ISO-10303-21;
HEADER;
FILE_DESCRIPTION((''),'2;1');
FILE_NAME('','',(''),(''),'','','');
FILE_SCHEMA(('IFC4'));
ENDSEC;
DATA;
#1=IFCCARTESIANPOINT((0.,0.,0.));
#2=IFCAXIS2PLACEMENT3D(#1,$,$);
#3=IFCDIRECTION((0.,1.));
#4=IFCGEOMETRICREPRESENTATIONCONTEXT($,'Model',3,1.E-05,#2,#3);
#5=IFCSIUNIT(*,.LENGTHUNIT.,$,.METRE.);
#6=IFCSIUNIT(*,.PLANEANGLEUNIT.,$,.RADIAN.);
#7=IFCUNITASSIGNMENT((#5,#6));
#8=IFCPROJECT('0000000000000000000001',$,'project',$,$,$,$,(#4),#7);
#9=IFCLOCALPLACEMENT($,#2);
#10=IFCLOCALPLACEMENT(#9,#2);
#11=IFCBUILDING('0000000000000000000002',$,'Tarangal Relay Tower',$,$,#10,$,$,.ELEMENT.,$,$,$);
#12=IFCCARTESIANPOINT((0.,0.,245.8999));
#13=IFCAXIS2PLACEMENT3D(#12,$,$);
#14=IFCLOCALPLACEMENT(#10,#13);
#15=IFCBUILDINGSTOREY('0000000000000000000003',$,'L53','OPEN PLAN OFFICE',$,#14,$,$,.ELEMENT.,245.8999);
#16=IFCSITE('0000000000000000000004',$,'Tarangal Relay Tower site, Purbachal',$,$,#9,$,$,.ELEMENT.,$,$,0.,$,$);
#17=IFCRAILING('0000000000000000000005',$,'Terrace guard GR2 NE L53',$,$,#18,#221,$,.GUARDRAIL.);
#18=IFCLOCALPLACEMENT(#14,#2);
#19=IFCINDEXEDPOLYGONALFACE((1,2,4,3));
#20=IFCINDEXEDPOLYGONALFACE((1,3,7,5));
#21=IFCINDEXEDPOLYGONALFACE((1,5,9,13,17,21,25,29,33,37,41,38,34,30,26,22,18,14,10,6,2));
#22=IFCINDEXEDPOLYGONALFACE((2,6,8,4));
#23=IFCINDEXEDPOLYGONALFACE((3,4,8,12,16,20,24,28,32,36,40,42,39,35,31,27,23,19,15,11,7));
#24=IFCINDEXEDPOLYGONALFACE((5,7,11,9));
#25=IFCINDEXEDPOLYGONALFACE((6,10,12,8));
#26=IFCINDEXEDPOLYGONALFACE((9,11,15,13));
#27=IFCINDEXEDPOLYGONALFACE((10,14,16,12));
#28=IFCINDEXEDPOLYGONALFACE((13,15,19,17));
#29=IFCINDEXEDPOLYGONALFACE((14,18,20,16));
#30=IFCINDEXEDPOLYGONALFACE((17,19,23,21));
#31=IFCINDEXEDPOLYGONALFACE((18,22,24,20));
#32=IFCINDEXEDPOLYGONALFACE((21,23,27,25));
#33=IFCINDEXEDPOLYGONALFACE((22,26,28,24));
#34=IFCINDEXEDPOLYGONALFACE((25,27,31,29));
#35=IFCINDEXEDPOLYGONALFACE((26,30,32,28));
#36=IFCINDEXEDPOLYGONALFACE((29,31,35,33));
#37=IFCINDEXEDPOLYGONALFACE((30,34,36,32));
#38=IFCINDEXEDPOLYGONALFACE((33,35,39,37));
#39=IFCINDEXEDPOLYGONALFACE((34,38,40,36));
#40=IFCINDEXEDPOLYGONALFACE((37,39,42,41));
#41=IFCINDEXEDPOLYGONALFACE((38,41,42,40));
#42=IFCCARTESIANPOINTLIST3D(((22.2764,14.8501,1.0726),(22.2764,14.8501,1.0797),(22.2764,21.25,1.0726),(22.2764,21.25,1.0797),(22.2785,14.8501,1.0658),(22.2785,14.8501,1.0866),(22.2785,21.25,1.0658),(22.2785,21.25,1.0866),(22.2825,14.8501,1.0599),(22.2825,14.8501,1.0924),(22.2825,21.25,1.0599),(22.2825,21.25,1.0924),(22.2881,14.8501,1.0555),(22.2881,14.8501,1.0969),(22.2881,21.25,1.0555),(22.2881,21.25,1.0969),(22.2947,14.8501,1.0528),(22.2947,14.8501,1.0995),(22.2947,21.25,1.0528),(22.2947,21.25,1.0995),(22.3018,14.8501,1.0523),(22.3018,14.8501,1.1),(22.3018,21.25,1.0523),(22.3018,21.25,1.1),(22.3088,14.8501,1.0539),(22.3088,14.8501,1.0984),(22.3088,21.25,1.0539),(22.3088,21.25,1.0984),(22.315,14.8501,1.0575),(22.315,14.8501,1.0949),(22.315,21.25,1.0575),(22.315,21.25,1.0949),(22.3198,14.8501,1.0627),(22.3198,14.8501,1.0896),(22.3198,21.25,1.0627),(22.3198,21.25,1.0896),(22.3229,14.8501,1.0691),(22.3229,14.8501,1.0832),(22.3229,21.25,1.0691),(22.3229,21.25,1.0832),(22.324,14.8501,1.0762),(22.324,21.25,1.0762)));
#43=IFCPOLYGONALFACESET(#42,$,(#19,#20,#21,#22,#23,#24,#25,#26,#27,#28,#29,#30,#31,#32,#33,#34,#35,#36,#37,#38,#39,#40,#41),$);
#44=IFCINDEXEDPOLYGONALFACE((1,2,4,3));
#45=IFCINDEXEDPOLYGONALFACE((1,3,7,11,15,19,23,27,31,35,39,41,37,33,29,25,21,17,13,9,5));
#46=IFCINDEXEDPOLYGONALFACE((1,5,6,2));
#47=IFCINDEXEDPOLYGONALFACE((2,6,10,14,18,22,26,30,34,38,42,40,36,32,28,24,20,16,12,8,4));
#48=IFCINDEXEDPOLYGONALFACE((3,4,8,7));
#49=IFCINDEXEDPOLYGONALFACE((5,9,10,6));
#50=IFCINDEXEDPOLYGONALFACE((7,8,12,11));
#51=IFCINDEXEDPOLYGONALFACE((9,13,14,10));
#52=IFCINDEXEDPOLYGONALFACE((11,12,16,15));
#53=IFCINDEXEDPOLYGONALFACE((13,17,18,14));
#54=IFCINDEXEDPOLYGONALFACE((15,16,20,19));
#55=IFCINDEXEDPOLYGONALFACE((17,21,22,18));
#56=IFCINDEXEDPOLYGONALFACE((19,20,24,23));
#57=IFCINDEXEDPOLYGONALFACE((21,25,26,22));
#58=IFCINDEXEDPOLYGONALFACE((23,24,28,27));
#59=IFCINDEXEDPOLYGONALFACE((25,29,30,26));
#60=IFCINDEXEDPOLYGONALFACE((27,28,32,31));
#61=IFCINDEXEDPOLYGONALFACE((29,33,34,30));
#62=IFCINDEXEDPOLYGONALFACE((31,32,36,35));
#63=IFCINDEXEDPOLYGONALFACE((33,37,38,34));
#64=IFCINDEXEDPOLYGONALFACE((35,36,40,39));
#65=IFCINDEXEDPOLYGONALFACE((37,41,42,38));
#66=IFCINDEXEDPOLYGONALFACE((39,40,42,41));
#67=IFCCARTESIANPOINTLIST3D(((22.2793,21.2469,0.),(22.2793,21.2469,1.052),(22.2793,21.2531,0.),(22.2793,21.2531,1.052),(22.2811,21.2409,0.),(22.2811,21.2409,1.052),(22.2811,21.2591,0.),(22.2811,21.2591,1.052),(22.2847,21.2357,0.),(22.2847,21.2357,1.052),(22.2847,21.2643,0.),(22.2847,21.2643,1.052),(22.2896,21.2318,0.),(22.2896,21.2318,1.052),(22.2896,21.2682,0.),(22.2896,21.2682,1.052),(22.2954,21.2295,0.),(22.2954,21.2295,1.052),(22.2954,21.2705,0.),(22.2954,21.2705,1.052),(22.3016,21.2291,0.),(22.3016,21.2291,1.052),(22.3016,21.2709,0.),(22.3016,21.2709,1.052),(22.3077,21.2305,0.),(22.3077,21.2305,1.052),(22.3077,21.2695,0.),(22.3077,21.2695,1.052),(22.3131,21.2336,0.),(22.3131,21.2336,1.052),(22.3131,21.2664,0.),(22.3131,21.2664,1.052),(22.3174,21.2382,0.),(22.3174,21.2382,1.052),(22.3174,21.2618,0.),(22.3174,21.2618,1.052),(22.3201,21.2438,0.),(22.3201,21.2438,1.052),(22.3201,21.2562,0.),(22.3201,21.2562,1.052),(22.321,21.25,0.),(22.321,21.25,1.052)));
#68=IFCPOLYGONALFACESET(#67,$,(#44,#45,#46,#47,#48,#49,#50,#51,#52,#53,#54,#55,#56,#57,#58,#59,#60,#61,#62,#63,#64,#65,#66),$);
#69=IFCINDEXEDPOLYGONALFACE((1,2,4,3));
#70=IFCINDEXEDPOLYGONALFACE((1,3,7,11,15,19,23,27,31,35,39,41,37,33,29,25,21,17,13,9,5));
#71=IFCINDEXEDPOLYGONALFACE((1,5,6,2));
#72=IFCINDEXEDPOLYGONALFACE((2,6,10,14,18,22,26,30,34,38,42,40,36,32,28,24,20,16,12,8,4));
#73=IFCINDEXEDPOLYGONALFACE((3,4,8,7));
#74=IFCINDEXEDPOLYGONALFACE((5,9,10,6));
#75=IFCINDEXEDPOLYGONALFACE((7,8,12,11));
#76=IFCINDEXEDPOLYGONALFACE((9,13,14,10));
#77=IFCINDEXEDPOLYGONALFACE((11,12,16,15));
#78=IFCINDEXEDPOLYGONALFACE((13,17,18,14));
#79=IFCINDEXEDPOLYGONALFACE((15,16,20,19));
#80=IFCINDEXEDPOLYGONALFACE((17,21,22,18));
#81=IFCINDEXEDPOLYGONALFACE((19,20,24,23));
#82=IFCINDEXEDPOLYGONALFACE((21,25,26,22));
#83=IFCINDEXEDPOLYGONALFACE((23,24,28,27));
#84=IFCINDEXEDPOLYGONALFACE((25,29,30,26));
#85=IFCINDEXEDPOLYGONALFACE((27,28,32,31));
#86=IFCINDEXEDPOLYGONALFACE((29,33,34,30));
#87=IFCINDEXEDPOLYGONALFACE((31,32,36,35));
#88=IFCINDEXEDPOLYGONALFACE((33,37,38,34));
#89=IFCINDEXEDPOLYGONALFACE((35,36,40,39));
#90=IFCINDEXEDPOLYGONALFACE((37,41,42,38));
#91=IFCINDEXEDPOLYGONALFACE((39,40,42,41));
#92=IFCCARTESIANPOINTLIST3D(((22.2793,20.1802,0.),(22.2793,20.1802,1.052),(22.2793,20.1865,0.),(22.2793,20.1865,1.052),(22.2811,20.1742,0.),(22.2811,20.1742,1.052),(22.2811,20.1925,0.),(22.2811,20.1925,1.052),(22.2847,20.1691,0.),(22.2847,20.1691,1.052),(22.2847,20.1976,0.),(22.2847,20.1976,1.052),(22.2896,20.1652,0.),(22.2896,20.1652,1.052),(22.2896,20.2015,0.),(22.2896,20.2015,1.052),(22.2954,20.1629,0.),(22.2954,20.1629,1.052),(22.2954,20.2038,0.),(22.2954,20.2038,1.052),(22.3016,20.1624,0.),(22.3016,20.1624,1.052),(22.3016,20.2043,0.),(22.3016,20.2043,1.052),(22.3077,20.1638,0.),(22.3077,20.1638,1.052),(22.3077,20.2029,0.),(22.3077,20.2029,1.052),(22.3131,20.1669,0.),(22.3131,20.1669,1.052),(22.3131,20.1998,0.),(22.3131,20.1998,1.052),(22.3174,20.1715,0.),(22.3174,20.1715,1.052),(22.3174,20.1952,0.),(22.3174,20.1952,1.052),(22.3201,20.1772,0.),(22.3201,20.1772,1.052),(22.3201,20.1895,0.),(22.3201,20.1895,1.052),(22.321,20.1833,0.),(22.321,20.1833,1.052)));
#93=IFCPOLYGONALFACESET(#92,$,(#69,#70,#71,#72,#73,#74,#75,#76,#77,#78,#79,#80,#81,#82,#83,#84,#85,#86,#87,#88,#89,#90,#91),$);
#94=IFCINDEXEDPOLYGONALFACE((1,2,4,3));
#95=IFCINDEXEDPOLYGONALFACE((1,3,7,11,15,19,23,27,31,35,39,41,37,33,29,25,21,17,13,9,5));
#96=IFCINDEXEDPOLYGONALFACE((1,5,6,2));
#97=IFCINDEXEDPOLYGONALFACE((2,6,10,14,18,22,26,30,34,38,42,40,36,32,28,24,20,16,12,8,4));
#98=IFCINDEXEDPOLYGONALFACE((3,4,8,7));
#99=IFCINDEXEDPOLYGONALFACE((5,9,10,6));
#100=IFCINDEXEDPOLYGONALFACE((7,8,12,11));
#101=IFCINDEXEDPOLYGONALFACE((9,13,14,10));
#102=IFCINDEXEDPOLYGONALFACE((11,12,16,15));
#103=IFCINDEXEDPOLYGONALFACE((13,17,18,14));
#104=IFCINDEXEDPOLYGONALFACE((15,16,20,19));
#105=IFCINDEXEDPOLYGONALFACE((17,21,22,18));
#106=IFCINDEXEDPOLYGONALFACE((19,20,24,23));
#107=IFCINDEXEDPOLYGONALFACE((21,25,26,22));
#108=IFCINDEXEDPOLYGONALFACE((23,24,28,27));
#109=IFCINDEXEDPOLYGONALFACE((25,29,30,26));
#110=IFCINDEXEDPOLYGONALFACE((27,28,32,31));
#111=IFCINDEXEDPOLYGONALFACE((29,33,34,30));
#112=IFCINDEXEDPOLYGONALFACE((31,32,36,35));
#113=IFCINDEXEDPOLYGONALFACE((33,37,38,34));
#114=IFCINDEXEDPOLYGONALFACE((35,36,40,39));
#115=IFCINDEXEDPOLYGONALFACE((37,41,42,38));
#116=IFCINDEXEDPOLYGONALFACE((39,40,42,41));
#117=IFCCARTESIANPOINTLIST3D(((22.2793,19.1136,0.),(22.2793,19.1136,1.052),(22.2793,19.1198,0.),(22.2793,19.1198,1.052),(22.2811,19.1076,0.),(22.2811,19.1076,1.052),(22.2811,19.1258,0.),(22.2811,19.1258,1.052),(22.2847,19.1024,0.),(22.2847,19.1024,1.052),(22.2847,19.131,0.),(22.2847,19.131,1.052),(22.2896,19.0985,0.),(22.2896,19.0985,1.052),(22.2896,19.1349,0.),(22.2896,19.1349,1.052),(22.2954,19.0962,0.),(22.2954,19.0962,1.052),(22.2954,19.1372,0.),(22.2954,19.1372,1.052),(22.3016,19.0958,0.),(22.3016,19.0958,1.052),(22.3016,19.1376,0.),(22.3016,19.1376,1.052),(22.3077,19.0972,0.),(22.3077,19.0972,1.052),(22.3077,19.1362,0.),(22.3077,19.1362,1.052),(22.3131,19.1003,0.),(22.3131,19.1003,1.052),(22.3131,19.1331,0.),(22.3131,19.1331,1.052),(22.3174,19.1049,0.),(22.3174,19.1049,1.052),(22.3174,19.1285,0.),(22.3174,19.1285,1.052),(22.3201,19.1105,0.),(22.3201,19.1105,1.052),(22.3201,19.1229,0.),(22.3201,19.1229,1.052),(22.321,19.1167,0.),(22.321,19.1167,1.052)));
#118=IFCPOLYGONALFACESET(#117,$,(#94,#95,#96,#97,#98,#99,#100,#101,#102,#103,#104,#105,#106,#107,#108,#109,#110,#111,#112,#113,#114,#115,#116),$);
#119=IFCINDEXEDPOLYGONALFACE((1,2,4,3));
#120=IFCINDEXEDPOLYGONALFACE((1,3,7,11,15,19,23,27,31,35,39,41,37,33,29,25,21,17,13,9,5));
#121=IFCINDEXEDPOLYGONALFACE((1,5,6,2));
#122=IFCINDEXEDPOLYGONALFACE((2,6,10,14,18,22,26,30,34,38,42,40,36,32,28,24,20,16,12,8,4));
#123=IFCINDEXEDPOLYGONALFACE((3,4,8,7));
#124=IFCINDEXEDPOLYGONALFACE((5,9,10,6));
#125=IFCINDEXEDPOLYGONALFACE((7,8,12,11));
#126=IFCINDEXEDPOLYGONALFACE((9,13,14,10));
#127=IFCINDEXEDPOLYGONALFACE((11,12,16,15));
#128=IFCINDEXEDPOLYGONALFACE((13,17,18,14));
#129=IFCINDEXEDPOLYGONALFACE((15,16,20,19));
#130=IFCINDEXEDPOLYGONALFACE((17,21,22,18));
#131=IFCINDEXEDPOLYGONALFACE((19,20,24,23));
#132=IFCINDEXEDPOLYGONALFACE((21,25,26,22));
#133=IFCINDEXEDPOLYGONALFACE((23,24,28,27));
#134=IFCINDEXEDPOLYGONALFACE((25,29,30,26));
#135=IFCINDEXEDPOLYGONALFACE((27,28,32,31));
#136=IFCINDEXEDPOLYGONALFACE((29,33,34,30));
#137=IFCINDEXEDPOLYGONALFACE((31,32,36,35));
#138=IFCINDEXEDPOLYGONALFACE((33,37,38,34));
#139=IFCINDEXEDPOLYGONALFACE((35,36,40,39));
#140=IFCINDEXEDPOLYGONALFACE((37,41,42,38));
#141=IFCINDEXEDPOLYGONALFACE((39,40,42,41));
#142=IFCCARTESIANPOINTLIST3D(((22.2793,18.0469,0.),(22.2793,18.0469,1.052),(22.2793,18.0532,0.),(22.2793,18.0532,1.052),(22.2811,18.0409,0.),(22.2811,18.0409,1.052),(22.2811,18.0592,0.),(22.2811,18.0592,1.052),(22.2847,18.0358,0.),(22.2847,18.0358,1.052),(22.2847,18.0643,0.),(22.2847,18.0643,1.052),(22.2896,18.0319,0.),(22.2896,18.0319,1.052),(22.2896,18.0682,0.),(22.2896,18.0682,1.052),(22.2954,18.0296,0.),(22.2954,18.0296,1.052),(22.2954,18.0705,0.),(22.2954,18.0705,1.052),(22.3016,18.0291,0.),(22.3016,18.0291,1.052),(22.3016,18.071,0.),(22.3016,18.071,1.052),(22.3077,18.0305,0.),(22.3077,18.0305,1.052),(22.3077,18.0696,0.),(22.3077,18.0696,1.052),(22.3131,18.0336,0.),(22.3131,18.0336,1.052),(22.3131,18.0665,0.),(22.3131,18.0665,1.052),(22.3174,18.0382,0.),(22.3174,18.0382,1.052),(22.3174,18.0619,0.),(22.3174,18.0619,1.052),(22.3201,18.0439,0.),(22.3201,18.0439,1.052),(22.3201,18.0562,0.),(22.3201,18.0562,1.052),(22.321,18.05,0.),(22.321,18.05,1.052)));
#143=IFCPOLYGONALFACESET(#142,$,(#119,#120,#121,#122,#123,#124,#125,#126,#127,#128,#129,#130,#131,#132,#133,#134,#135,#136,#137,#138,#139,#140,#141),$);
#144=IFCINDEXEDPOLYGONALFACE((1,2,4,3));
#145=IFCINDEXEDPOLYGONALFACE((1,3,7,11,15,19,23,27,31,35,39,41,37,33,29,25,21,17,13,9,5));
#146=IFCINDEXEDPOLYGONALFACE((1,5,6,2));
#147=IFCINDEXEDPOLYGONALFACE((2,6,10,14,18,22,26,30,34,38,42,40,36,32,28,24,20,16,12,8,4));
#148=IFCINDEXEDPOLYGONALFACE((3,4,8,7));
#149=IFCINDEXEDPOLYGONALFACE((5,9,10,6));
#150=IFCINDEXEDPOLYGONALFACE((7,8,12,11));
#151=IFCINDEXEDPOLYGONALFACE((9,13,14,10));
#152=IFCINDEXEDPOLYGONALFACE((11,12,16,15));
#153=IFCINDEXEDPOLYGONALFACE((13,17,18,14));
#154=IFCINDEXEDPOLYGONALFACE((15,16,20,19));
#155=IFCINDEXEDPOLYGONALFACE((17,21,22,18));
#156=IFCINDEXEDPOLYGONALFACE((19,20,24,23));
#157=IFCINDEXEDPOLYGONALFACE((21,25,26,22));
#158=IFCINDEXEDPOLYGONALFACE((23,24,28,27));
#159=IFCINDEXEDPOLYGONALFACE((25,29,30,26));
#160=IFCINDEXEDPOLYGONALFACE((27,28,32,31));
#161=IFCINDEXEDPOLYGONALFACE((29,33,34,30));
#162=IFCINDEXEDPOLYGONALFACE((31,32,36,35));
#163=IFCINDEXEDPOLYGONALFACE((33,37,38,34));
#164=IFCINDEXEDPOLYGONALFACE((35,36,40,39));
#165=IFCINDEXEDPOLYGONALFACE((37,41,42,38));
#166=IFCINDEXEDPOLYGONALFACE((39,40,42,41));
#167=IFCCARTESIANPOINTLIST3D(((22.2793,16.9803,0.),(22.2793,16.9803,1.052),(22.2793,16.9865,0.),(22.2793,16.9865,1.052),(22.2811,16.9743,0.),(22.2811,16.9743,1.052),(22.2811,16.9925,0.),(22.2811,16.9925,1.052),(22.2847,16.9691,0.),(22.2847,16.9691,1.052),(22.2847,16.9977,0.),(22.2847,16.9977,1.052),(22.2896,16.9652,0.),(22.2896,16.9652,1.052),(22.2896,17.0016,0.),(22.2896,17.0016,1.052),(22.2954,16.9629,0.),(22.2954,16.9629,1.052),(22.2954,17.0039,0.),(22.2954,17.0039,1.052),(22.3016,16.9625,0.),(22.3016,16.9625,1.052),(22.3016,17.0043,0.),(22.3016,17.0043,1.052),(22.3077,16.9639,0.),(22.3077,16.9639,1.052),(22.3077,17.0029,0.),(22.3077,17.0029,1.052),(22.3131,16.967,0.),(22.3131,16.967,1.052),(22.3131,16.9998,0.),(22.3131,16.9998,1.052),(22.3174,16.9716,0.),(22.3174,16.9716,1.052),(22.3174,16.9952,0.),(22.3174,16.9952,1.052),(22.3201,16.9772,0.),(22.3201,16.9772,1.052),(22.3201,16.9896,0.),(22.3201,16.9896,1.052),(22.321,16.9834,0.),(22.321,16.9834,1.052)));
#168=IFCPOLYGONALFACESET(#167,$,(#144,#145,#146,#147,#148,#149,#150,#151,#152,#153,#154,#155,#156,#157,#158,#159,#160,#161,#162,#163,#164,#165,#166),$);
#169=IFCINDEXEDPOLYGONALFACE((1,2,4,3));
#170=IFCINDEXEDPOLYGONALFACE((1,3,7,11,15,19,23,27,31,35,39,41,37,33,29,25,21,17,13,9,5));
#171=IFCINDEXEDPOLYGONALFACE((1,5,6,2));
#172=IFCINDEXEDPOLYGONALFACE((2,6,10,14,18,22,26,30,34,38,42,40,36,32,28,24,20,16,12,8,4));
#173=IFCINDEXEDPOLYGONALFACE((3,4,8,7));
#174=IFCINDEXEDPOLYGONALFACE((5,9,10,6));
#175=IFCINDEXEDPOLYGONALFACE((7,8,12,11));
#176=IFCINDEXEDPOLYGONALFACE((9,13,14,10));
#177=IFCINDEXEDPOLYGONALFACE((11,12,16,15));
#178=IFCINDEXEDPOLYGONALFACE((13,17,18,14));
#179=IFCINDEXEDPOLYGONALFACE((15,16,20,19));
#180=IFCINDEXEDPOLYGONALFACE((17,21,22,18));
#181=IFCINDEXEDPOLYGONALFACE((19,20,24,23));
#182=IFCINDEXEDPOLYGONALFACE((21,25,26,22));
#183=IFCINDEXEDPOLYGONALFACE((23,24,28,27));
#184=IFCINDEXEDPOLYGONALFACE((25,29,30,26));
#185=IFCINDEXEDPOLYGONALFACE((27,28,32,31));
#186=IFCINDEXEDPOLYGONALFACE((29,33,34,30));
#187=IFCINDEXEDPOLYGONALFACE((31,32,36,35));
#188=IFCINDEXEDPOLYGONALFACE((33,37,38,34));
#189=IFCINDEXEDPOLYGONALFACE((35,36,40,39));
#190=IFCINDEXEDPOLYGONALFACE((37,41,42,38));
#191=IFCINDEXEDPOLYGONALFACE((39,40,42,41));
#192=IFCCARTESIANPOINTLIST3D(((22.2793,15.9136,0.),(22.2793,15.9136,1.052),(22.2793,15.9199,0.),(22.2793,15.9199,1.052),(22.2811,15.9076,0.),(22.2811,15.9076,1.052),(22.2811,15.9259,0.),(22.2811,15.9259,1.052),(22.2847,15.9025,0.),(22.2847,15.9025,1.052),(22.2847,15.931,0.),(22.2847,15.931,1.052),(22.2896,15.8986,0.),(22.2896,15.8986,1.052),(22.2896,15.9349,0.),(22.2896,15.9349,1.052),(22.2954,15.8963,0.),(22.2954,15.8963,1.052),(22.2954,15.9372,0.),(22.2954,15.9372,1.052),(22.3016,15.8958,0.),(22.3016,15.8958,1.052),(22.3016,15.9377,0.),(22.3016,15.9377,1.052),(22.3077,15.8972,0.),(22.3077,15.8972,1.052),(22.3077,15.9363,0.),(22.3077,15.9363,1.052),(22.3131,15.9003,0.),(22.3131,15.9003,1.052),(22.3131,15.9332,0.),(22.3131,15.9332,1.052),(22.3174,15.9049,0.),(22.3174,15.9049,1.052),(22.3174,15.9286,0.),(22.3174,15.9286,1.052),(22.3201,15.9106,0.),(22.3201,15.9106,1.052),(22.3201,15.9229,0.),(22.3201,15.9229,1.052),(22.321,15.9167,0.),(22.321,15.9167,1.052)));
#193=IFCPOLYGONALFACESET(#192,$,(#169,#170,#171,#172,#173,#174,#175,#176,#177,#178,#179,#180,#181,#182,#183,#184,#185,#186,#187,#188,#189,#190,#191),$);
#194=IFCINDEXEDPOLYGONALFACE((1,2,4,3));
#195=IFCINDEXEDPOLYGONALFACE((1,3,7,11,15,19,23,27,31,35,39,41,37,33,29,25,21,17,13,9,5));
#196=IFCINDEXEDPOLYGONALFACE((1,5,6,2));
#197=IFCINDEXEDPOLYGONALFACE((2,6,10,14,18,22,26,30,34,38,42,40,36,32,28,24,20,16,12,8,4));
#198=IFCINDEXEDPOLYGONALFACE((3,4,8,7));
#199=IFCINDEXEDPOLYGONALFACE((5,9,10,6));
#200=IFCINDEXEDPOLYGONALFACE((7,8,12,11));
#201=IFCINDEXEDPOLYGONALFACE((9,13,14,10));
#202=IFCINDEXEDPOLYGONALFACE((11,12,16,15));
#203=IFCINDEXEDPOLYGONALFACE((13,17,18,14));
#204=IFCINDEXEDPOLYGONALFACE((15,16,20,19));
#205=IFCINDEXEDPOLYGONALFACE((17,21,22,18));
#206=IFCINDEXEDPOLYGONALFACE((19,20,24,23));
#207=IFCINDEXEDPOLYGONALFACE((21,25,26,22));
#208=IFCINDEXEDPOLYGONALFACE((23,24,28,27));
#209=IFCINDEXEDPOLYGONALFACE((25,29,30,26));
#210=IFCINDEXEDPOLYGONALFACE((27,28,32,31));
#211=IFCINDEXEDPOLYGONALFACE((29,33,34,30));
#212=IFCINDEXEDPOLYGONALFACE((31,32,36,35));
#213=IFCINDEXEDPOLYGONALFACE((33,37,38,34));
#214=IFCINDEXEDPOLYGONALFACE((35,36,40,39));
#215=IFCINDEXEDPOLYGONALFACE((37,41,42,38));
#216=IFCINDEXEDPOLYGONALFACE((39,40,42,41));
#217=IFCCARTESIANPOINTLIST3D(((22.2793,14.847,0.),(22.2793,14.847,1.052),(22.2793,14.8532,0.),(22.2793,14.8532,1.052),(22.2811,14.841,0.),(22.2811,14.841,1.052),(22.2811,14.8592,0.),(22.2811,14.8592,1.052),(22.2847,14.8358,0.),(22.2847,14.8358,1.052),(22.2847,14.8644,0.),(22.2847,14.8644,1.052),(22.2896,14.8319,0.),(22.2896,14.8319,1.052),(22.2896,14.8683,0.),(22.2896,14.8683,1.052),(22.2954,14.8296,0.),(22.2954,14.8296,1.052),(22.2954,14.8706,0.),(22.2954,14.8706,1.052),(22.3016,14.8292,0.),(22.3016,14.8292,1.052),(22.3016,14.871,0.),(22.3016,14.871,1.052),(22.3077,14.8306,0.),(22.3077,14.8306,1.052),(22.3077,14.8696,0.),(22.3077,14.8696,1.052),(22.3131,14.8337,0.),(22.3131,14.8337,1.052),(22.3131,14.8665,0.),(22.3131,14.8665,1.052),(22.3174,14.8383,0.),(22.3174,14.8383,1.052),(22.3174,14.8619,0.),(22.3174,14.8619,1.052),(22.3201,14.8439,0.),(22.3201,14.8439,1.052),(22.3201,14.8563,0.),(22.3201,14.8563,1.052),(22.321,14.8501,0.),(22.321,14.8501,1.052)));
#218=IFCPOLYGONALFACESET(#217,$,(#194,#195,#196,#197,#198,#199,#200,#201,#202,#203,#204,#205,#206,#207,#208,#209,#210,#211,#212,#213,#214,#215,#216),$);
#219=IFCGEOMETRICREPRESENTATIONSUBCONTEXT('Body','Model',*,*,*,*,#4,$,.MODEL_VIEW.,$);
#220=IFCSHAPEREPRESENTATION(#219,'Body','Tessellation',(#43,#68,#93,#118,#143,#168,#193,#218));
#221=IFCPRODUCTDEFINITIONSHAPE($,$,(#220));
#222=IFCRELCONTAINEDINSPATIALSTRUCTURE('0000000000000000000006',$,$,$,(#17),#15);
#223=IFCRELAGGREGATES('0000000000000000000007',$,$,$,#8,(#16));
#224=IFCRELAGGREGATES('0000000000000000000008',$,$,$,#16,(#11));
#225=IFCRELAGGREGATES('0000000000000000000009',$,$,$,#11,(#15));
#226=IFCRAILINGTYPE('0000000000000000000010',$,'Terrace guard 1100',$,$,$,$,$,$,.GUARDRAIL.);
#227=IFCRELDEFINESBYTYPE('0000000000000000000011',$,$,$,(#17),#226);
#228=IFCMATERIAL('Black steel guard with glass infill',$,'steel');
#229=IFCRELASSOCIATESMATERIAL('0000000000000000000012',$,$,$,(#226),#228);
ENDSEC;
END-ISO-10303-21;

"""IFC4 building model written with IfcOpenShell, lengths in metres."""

from ifc_helpers import new_model, si_unit, direction, frame, origin, origin_2d, place, context, subcontext, project, spatial, circle, extrude, material, type_object, element, save


model = new_model("IFC4")

# Units and contexts
model_context = context("Model", 3, precision=1e-05, world=origin(), true_north=direction((0.0, 1.0)))
body_context = subcontext(model_context, "Body", "Model", "MODEL_VIEW")
ifc_project = project(units=[si_unit("LENGTHUNIT", "METRE"), si_unit("PLANEANGLEUNIT", "RADIAN")], contexts=[model_context])

# Site, building, storey
site_placement = place(None, origin())
site = spatial("IfcSite", under=ifc_project, at=site_placement, Name="Tarangal Relay Tower site, Purbachal", CompositionType="ELEMENT", RefElevation=0.0)
building_placement = place(site_placement, origin())
building = spatial("IfcBuilding", under=site, at=building_placement, Name="Tarangal Relay Tower", CompositionType="ELEMENT")
storey_placement = place(building_placement, frame((0.0, 0.0, 245.8999)))
storey = spatial("IfcBuildingStorey", under=building, at=storey_placement, Name="L53", Description="OPEN PLAN OFFICE", CompositionType="ELEMENT", Elevation=245.8999)

# Railing
ifc_material_1 = material(Name="Black steel guard with glass infill", Category="steel")
railing_type = type_object("IfcRailingType", Name="Terrace guard 1100", PredefinedType="GUARDRAIL", material=ifc_material_1)
railing_1_placement = place(storey_placement, frame((22.3, 21.25, 0.0)))
element("IfcRailing", 1, at=railing_1_placement, inside=storey, type_object=railing_type, Name="Terrace guard GR2 NE L53", PredefinedType="GUARDRAIL", context=body_context, shape_type="SweptSolid", body=[
    extrude(circle(Radius=0.0239, at=origin_2d()), frame((0.0, 0.0, 1.0762), z_axis=(0.0, -1.0, 0.0), x_axis=(1.0, 0.0, 0.0)), (0.0, 0.0, 1.0), 6.3999),
    extrude(circle(Radius=0.021, at=origin_2d()), origin(), (0.0, 0.0, 1.0), 1.052),
    extrude(circle(Radius=0.021, at=origin_2d()), frame((0.0, -1.0667, 0.0)), (0.0, 0.0, 1.0), 1.052),
    extrude(circle(Radius=0.021, at=origin_2d()), frame((0.0, -2.1333, 0.0)), (0.0, 0.0, 1.0), 1.052),
    extrude(circle(Radius=0.021, at=origin_2d()), frame((0.0, -3.2, 0.0)), (0.0, 0.0, 1.0), 1.052),
    extrude(circle(Radius=0.021, at=origin_2d()), frame((0.0, -4.2666, 0.0)), (0.0, 0.0, 1.0), 1.052),
    extrude(circle(Radius=0.021, at=origin_2d()), frame((0.0, -5.3333, 0.0)), (0.0, 0.0, 1.0), 1.052),
    extrude(circle(Radius=0.021, at=origin_2d()), frame((0.0, -6.3999, 0.0)), (0.0, 0.0, 1.0), 1.052),
])

save(model, "model.ifc")
